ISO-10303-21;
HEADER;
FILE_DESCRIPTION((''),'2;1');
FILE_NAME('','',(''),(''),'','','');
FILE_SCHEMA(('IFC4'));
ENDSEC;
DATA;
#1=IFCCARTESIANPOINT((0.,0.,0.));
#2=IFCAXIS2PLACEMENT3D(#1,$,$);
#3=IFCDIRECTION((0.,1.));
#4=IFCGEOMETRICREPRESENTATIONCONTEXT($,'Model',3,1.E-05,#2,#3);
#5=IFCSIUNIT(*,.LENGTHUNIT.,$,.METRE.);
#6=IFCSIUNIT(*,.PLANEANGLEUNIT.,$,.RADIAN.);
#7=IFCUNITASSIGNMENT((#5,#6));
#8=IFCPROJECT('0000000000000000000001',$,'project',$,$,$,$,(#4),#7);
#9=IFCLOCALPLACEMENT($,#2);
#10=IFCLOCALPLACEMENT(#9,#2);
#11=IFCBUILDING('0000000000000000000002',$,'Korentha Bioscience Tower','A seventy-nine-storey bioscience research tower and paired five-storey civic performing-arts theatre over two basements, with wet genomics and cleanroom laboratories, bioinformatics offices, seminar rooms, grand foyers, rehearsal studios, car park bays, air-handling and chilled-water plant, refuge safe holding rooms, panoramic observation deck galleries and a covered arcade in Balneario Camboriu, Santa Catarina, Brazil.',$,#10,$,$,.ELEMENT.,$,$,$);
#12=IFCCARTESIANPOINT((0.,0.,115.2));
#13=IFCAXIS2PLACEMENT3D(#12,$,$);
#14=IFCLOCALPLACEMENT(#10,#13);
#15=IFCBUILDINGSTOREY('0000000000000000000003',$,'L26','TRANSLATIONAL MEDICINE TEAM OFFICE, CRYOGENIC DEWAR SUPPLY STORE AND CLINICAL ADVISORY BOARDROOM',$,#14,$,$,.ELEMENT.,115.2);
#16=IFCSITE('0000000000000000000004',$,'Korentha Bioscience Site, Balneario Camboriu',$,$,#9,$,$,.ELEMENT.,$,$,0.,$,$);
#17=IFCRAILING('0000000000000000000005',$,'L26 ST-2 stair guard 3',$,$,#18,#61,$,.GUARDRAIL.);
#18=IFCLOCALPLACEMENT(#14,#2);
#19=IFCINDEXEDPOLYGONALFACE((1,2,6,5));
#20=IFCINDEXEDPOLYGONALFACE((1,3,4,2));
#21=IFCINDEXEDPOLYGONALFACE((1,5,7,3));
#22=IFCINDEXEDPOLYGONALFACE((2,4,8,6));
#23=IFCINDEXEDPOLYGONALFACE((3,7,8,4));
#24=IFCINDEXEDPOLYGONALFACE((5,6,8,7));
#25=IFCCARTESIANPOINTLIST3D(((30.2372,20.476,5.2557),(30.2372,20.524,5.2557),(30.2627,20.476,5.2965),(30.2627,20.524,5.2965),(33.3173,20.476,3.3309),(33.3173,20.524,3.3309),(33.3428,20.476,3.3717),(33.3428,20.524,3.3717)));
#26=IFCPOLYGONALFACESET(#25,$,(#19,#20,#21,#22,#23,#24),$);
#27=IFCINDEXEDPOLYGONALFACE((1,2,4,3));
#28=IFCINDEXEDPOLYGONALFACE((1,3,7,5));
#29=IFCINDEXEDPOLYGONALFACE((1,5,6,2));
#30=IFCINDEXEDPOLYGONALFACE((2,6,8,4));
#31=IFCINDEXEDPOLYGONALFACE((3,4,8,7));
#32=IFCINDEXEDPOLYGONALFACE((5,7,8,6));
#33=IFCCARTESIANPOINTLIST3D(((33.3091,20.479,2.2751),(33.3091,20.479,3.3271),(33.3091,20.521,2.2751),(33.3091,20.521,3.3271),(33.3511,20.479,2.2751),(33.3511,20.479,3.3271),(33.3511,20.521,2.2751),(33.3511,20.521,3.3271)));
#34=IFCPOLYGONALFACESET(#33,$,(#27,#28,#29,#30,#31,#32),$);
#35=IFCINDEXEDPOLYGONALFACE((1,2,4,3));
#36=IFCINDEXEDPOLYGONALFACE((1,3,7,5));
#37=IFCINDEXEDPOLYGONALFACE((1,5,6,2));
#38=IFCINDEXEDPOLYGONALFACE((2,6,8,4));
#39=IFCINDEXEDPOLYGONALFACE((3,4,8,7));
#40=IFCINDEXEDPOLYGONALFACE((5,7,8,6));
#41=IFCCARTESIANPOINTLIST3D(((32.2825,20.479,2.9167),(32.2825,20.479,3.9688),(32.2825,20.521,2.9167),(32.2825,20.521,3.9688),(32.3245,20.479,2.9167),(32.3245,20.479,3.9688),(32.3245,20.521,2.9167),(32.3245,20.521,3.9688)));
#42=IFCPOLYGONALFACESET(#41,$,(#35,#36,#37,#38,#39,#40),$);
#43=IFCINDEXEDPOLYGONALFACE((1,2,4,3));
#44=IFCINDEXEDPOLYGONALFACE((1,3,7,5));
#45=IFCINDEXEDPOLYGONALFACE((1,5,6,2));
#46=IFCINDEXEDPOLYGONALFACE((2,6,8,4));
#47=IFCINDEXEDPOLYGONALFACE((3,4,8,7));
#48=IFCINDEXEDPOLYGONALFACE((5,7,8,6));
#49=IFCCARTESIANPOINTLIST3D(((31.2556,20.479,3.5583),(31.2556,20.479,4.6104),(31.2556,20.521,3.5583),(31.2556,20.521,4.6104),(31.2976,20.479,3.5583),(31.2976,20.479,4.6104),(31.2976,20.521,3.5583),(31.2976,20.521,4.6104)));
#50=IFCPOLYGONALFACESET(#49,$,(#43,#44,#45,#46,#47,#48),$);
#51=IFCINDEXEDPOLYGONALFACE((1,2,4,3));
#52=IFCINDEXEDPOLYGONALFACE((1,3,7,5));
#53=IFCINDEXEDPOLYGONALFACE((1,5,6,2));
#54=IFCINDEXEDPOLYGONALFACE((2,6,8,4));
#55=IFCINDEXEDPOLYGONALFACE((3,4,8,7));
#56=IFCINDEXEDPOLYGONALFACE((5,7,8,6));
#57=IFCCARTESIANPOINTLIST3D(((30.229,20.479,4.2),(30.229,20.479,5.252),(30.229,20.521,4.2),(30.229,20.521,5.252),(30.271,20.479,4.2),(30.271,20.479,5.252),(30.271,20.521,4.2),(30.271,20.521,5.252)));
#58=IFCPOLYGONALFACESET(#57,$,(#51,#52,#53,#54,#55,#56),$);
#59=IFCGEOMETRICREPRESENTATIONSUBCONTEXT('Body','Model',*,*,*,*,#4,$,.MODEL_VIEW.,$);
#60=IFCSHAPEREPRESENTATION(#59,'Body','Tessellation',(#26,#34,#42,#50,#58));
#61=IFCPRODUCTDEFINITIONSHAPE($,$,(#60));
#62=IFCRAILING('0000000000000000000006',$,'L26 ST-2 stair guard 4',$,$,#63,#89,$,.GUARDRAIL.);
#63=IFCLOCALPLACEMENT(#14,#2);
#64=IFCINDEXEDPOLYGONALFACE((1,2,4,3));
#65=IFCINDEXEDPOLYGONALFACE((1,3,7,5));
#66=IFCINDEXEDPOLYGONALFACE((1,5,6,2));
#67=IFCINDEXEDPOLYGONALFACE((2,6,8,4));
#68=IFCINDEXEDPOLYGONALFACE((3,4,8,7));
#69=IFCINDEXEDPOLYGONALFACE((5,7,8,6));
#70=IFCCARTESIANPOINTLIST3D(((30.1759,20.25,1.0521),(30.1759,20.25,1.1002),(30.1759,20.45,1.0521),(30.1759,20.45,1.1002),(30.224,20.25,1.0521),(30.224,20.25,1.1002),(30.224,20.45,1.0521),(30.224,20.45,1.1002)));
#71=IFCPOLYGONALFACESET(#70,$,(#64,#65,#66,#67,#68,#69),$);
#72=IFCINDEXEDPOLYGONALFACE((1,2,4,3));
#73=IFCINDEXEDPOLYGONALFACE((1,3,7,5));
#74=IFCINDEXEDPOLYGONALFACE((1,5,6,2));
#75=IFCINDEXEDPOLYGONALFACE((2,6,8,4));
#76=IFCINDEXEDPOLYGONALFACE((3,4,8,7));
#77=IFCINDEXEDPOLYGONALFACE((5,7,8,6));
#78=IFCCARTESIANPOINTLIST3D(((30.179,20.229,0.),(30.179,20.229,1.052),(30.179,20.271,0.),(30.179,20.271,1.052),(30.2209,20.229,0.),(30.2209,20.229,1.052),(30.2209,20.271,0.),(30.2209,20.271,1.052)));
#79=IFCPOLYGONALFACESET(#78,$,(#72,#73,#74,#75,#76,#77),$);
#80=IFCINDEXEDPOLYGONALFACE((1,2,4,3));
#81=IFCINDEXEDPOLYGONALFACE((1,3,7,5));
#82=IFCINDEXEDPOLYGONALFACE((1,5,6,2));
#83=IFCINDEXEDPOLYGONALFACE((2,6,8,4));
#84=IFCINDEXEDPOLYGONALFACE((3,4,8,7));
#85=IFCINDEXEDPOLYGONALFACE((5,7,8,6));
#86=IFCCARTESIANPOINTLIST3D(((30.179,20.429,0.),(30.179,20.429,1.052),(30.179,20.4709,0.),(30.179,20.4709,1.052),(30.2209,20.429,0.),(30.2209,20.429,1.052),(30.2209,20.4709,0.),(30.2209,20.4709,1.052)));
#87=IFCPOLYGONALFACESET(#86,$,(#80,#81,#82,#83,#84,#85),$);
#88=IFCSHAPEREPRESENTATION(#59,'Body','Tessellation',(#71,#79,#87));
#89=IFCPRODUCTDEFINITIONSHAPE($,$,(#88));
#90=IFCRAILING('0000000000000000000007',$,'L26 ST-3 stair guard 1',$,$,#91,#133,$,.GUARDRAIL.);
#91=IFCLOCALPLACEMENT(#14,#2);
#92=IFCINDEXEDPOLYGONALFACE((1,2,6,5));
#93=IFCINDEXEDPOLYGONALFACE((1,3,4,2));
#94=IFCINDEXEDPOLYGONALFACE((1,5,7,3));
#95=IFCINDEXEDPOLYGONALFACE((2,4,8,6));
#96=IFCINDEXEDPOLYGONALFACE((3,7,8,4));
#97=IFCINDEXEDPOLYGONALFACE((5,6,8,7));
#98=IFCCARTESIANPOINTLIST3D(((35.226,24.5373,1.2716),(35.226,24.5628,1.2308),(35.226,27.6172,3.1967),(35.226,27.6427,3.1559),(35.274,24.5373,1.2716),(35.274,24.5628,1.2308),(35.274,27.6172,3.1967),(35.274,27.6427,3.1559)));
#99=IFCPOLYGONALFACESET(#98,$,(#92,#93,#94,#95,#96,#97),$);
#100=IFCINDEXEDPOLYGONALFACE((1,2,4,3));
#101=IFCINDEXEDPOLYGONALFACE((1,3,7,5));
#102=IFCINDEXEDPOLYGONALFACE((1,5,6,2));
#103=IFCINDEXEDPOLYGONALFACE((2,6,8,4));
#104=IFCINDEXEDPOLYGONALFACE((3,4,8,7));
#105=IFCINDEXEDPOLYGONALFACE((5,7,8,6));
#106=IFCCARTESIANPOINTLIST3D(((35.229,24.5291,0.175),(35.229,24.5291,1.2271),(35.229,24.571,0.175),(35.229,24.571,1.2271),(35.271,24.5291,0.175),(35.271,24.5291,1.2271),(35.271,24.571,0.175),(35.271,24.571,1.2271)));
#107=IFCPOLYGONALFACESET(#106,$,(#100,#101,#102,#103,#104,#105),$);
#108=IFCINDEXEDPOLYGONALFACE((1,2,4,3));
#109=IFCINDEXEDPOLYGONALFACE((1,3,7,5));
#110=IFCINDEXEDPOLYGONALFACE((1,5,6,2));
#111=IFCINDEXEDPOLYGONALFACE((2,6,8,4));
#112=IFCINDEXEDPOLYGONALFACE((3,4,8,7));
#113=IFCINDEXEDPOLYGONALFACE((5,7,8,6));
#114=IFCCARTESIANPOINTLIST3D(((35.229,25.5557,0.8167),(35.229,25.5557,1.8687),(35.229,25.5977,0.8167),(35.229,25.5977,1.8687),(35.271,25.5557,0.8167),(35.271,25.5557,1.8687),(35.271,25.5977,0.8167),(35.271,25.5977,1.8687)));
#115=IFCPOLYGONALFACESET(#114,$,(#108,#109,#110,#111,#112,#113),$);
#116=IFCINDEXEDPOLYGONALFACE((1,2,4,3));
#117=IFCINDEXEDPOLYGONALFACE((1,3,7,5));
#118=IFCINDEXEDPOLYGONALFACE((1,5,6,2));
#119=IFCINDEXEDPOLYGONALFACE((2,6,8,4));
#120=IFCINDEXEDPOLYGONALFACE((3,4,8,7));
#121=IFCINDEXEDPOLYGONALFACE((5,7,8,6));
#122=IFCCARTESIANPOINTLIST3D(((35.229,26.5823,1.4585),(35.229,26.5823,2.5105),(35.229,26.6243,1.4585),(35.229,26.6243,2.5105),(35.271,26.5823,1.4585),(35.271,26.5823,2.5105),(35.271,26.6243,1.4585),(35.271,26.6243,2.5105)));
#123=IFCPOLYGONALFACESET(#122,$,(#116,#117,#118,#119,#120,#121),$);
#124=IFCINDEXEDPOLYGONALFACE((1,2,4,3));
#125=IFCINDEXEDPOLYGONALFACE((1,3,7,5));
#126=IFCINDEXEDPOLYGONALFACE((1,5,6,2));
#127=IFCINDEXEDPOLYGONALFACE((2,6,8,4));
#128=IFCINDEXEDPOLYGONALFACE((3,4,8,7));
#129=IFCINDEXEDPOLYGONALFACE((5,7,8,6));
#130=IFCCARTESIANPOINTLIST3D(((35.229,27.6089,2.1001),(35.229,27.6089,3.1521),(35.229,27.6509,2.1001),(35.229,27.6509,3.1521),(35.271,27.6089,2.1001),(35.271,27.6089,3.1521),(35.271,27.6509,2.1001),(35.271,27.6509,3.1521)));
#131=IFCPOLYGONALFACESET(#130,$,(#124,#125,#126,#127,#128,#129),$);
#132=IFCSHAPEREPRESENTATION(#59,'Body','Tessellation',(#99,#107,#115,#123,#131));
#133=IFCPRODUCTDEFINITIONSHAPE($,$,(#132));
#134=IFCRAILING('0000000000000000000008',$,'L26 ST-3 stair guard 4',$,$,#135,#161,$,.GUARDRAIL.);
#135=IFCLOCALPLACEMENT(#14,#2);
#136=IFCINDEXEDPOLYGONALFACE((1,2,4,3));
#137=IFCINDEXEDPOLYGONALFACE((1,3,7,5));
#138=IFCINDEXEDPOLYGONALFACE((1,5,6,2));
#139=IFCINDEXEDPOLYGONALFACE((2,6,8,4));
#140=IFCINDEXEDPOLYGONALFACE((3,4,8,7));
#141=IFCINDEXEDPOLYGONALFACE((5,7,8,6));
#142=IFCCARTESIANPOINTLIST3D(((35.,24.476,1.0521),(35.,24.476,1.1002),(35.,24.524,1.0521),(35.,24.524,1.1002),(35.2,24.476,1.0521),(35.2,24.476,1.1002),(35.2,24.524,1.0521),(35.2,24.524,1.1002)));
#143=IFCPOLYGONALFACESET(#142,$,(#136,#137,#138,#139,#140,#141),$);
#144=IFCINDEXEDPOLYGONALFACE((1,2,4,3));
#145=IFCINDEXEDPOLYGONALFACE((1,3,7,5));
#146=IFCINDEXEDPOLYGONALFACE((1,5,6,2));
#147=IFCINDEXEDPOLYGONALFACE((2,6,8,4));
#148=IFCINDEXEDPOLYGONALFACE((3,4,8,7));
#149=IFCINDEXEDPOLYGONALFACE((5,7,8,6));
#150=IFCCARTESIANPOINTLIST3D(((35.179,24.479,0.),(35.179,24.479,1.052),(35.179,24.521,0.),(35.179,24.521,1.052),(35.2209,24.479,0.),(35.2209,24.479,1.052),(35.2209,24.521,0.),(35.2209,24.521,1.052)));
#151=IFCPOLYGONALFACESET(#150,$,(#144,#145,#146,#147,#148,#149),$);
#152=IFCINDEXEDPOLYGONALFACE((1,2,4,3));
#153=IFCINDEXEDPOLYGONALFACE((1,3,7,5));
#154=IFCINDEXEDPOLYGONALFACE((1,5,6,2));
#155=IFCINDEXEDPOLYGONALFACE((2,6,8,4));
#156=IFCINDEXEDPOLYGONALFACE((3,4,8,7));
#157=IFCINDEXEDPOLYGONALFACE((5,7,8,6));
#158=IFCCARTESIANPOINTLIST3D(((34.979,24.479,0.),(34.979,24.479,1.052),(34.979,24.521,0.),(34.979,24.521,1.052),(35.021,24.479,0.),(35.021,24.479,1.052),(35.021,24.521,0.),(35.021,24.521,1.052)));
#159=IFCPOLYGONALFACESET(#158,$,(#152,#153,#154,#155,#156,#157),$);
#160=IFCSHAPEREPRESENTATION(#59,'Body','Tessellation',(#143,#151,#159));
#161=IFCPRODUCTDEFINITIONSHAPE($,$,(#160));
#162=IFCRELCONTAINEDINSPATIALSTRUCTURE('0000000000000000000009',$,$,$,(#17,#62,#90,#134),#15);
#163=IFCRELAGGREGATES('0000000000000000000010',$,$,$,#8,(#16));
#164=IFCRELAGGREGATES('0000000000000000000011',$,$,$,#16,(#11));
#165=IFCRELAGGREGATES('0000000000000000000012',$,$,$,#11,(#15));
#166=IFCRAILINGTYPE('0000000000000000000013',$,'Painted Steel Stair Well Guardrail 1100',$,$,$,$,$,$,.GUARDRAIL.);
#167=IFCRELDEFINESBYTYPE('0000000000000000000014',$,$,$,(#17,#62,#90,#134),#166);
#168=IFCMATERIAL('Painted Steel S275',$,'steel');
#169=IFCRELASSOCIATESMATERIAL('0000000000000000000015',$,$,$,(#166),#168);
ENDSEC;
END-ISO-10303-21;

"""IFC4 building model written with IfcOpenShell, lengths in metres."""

from ifc_helpers import new_model, si_unit, direction, frame, origin, origin_2d, place, context, subcontext, project, spatial, rectangle, extrude, material, type_object, element, save


model = new_model("IFC4")

# Units and contexts
model_context = context("Model", 3, precision=1e-05, world=origin(), true_north=direction((0.0, 1.0)))
body_context = subcontext(model_context, "Body", "Model", "MODEL_VIEW")
ifc_project = project(units=[si_unit("LENGTHUNIT", "METRE"), si_unit("PLANEANGLEUNIT", "RADIAN")], contexts=[model_context])

# Site, building, storey
site_placement = place(None, origin())
site = spatial("IfcSite", under=ifc_project, at=site_placement, Name="Korentha Bioscience Site, Balneario Camboriu", CompositionType="ELEMENT", RefElevation=0.0)
building_placement = place(site_placement, origin())
building = spatial("IfcBuilding", under=site, at=building_placement, Name="Korentha Bioscience Tower", Description="A seventy-nine-storey bioscience research tower and paired five-storey civic performing-arts theatre over two basements, with wet genomics and cleanroom laboratories, bioinformatics offices, seminar rooms, grand foyers, rehearsal studios, car park bays, air-handling and chilled-water plant, refuge safe holding rooms, panoramic observation deck galleries and a covered arcade in Balneario Camboriu, Santa Catarina, Brazil.", CompositionType="ELEMENT")
storey_placement = place(building_placement, frame((0.0, 0.0, 115.2)))
storey = spatial("IfcBuildingStorey", under=building, at=storey_placement, Name="L26", Description="TRANSLATIONAL MEDICINE TEAM OFFICE, CRYOGENIC DEWAR SUPPLY STORE AND CLINICAL ADVISORY BOARDROOM", CompositionType="ELEMENT", Elevation=115.2)

# Railings
ifc_material_1 = material(Name="Painted Steel S275", Category="steel")
railing_type_1 = type_object("IfcRailingType", Name="Painted Steel Stair Well Guardrail 1100", PredefinedType="GUARDRAIL", material=ifc_material_1)
railing_1_placement = place(storey_placement, frame((33.3301, 20.5, 2.2751)))
element("IfcRailing", 1, at=railing_1_placement, inside=storey, type_object=railing_type_1, Name="L26 ST-2 stair guard 3", PredefinedType="GUARDRAIL", context=body_context, shape_type="SweptSolid", body=[
    extrude(rectangle(XDim=0.0481, YDim=0.0481, at=origin_2d()), frame((0.0, 0.0, 1.0762), z_axis=(-0.848029, 0.0, 0.529951), x_axis=(0.0, -1.0, 0.0)), (0.0, 0.0, 1.0), 3.6321),
    extrude(rectangle(XDim=0.042, YDim=0.042, at=origin_2d()), origin(), (0.0, 0.0, 1.0), 1.052),
    extrude(rectangle(XDim=0.042, YDim=0.042, at=origin_2d()), frame((-1.0266, 0.0, 0.6416)), (0.0, 0.0, 1.0), 1.052),
    extrude(rectangle(XDim=0.042, YDim=0.042, at=origin_2d()), frame((-2.0535, 0.0, 1.2832)), (0.0, 0.0, 1.0), 1.052),
    extrude(rectangle(XDim=0.042, YDim=0.042, at=origin_2d()), frame((-3.0801, 0.0, 1.9248)), (0.0, 0.0, 1.0), 1.052),
])
railing_2_placement = place(storey_placement, frame((30.2, 20.25, 0.0)))
element("IfcRailing", 2, at=railing_2_placement, inside=storey, type_object=railing_type_1, Name="L26 ST-2 stair guard 4", PredefinedType="GUARDRAIL", context=body_context, shape_type="SweptSolid", body=[
    extrude(rectangle(XDim=0.0481, YDim=0.0481, at=origin_2d()), frame((0.0, 0.0, 1.0762), z_axis=(0.0, 1.0, 0.0), x_axis=(-1.0, 0.0, 0.0)), (0.0, 0.0, 1.0), 0.2),
    extrude(rectangle(XDim=0.042, YDim=0.042, at=origin_2d()), origin(), (0.0, 0.0, 1.0), 1.052),
    extrude(rectangle(XDim=0.042, YDim=0.042, at=origin_2d()), frame((0.0, 0.2, 0.0)), (0.0, 0.0, 1.0), 1.052),
])
railing_3_placement = place(storey_placement, frame((35.25, 24.55, 0.175)))
element("IfcRailing", 3, at=railing_3_placement, inside=storey, type_object=railing_type_1, Name="L26 ST-3 stair guard 1", PredefinedType="GUARDRAIL", context=body_context, shape_type="SweptSolid", body=[
    extrude(rectangle(XDim=0.0481, YDim=0.0481, at=origin_2d()), frame((0.0, 0.0, 1.0762), z_axis=(0.0, 0.847979, 0.530029), x_axis=(-1.0, 0.0, 0.0)), (0.0, 0.0, 1.0), 3.6321),
    extrude(rectangle(XDim=0.042, YDim=0.042, at=origin_2d()), origin(), (0.0, 0.0, 1.0), 1.052),
    extrude(rectangle(XDim=0.042, YDim=0.042, at=origin_2d()), frame((0.0, 1.0266, 0.6416)), (0.0, 0.0, 1.0), 1.052),
    extrude(rectangle(XDim=0.042, YDim=0.042, at=origin_2d()), frame((0.0, 2.0532, 1.2834)), (0.0, 0.0, 1.0), 1.052),
    extrude(rectangle(XDim=0.042, YDim=0.042, at=origin_2d()), frame((0.0, 3.0798, 1.925)), (0.0, 0.0, 1.0), 1.052),
])
railing_4_placement = place(storey_placement, frame((35.2, 24.5, 0.0)))
element("IfcRailing", 4, at=railing_4_placement, inside=storey, type_object=railing_type_1, Name="L26 ST-3 stair guard 4", PredefinedType="GUARDRAIL", context=body_context, shape_type="SweptSolid", body=[
    extrude(rectangle(XDim=0.0481, YDim=0.0481, at=origin_2d()), frame((0.0, 0.0, 1.0762), z_axis=(-1.0, 0.0, 0.0), x_axis=(0.0, -1.0, 0.0)), (0.0, 0.0, 1.0), 0.2),
    extrude(rectangle(XDim=0.042, YDim=0.042, at=origin_2d()), origin(), (0.0, 0.0, 1.0), 1.052),
    extrude(rectangle(XDim=0.042, YDim=0.042, at=origin_2d()), frame((-0.2, 0.0, 0.0)), (0.0, 0.0, 1.0), 1.052),
])

save(model, "model.ifc")
